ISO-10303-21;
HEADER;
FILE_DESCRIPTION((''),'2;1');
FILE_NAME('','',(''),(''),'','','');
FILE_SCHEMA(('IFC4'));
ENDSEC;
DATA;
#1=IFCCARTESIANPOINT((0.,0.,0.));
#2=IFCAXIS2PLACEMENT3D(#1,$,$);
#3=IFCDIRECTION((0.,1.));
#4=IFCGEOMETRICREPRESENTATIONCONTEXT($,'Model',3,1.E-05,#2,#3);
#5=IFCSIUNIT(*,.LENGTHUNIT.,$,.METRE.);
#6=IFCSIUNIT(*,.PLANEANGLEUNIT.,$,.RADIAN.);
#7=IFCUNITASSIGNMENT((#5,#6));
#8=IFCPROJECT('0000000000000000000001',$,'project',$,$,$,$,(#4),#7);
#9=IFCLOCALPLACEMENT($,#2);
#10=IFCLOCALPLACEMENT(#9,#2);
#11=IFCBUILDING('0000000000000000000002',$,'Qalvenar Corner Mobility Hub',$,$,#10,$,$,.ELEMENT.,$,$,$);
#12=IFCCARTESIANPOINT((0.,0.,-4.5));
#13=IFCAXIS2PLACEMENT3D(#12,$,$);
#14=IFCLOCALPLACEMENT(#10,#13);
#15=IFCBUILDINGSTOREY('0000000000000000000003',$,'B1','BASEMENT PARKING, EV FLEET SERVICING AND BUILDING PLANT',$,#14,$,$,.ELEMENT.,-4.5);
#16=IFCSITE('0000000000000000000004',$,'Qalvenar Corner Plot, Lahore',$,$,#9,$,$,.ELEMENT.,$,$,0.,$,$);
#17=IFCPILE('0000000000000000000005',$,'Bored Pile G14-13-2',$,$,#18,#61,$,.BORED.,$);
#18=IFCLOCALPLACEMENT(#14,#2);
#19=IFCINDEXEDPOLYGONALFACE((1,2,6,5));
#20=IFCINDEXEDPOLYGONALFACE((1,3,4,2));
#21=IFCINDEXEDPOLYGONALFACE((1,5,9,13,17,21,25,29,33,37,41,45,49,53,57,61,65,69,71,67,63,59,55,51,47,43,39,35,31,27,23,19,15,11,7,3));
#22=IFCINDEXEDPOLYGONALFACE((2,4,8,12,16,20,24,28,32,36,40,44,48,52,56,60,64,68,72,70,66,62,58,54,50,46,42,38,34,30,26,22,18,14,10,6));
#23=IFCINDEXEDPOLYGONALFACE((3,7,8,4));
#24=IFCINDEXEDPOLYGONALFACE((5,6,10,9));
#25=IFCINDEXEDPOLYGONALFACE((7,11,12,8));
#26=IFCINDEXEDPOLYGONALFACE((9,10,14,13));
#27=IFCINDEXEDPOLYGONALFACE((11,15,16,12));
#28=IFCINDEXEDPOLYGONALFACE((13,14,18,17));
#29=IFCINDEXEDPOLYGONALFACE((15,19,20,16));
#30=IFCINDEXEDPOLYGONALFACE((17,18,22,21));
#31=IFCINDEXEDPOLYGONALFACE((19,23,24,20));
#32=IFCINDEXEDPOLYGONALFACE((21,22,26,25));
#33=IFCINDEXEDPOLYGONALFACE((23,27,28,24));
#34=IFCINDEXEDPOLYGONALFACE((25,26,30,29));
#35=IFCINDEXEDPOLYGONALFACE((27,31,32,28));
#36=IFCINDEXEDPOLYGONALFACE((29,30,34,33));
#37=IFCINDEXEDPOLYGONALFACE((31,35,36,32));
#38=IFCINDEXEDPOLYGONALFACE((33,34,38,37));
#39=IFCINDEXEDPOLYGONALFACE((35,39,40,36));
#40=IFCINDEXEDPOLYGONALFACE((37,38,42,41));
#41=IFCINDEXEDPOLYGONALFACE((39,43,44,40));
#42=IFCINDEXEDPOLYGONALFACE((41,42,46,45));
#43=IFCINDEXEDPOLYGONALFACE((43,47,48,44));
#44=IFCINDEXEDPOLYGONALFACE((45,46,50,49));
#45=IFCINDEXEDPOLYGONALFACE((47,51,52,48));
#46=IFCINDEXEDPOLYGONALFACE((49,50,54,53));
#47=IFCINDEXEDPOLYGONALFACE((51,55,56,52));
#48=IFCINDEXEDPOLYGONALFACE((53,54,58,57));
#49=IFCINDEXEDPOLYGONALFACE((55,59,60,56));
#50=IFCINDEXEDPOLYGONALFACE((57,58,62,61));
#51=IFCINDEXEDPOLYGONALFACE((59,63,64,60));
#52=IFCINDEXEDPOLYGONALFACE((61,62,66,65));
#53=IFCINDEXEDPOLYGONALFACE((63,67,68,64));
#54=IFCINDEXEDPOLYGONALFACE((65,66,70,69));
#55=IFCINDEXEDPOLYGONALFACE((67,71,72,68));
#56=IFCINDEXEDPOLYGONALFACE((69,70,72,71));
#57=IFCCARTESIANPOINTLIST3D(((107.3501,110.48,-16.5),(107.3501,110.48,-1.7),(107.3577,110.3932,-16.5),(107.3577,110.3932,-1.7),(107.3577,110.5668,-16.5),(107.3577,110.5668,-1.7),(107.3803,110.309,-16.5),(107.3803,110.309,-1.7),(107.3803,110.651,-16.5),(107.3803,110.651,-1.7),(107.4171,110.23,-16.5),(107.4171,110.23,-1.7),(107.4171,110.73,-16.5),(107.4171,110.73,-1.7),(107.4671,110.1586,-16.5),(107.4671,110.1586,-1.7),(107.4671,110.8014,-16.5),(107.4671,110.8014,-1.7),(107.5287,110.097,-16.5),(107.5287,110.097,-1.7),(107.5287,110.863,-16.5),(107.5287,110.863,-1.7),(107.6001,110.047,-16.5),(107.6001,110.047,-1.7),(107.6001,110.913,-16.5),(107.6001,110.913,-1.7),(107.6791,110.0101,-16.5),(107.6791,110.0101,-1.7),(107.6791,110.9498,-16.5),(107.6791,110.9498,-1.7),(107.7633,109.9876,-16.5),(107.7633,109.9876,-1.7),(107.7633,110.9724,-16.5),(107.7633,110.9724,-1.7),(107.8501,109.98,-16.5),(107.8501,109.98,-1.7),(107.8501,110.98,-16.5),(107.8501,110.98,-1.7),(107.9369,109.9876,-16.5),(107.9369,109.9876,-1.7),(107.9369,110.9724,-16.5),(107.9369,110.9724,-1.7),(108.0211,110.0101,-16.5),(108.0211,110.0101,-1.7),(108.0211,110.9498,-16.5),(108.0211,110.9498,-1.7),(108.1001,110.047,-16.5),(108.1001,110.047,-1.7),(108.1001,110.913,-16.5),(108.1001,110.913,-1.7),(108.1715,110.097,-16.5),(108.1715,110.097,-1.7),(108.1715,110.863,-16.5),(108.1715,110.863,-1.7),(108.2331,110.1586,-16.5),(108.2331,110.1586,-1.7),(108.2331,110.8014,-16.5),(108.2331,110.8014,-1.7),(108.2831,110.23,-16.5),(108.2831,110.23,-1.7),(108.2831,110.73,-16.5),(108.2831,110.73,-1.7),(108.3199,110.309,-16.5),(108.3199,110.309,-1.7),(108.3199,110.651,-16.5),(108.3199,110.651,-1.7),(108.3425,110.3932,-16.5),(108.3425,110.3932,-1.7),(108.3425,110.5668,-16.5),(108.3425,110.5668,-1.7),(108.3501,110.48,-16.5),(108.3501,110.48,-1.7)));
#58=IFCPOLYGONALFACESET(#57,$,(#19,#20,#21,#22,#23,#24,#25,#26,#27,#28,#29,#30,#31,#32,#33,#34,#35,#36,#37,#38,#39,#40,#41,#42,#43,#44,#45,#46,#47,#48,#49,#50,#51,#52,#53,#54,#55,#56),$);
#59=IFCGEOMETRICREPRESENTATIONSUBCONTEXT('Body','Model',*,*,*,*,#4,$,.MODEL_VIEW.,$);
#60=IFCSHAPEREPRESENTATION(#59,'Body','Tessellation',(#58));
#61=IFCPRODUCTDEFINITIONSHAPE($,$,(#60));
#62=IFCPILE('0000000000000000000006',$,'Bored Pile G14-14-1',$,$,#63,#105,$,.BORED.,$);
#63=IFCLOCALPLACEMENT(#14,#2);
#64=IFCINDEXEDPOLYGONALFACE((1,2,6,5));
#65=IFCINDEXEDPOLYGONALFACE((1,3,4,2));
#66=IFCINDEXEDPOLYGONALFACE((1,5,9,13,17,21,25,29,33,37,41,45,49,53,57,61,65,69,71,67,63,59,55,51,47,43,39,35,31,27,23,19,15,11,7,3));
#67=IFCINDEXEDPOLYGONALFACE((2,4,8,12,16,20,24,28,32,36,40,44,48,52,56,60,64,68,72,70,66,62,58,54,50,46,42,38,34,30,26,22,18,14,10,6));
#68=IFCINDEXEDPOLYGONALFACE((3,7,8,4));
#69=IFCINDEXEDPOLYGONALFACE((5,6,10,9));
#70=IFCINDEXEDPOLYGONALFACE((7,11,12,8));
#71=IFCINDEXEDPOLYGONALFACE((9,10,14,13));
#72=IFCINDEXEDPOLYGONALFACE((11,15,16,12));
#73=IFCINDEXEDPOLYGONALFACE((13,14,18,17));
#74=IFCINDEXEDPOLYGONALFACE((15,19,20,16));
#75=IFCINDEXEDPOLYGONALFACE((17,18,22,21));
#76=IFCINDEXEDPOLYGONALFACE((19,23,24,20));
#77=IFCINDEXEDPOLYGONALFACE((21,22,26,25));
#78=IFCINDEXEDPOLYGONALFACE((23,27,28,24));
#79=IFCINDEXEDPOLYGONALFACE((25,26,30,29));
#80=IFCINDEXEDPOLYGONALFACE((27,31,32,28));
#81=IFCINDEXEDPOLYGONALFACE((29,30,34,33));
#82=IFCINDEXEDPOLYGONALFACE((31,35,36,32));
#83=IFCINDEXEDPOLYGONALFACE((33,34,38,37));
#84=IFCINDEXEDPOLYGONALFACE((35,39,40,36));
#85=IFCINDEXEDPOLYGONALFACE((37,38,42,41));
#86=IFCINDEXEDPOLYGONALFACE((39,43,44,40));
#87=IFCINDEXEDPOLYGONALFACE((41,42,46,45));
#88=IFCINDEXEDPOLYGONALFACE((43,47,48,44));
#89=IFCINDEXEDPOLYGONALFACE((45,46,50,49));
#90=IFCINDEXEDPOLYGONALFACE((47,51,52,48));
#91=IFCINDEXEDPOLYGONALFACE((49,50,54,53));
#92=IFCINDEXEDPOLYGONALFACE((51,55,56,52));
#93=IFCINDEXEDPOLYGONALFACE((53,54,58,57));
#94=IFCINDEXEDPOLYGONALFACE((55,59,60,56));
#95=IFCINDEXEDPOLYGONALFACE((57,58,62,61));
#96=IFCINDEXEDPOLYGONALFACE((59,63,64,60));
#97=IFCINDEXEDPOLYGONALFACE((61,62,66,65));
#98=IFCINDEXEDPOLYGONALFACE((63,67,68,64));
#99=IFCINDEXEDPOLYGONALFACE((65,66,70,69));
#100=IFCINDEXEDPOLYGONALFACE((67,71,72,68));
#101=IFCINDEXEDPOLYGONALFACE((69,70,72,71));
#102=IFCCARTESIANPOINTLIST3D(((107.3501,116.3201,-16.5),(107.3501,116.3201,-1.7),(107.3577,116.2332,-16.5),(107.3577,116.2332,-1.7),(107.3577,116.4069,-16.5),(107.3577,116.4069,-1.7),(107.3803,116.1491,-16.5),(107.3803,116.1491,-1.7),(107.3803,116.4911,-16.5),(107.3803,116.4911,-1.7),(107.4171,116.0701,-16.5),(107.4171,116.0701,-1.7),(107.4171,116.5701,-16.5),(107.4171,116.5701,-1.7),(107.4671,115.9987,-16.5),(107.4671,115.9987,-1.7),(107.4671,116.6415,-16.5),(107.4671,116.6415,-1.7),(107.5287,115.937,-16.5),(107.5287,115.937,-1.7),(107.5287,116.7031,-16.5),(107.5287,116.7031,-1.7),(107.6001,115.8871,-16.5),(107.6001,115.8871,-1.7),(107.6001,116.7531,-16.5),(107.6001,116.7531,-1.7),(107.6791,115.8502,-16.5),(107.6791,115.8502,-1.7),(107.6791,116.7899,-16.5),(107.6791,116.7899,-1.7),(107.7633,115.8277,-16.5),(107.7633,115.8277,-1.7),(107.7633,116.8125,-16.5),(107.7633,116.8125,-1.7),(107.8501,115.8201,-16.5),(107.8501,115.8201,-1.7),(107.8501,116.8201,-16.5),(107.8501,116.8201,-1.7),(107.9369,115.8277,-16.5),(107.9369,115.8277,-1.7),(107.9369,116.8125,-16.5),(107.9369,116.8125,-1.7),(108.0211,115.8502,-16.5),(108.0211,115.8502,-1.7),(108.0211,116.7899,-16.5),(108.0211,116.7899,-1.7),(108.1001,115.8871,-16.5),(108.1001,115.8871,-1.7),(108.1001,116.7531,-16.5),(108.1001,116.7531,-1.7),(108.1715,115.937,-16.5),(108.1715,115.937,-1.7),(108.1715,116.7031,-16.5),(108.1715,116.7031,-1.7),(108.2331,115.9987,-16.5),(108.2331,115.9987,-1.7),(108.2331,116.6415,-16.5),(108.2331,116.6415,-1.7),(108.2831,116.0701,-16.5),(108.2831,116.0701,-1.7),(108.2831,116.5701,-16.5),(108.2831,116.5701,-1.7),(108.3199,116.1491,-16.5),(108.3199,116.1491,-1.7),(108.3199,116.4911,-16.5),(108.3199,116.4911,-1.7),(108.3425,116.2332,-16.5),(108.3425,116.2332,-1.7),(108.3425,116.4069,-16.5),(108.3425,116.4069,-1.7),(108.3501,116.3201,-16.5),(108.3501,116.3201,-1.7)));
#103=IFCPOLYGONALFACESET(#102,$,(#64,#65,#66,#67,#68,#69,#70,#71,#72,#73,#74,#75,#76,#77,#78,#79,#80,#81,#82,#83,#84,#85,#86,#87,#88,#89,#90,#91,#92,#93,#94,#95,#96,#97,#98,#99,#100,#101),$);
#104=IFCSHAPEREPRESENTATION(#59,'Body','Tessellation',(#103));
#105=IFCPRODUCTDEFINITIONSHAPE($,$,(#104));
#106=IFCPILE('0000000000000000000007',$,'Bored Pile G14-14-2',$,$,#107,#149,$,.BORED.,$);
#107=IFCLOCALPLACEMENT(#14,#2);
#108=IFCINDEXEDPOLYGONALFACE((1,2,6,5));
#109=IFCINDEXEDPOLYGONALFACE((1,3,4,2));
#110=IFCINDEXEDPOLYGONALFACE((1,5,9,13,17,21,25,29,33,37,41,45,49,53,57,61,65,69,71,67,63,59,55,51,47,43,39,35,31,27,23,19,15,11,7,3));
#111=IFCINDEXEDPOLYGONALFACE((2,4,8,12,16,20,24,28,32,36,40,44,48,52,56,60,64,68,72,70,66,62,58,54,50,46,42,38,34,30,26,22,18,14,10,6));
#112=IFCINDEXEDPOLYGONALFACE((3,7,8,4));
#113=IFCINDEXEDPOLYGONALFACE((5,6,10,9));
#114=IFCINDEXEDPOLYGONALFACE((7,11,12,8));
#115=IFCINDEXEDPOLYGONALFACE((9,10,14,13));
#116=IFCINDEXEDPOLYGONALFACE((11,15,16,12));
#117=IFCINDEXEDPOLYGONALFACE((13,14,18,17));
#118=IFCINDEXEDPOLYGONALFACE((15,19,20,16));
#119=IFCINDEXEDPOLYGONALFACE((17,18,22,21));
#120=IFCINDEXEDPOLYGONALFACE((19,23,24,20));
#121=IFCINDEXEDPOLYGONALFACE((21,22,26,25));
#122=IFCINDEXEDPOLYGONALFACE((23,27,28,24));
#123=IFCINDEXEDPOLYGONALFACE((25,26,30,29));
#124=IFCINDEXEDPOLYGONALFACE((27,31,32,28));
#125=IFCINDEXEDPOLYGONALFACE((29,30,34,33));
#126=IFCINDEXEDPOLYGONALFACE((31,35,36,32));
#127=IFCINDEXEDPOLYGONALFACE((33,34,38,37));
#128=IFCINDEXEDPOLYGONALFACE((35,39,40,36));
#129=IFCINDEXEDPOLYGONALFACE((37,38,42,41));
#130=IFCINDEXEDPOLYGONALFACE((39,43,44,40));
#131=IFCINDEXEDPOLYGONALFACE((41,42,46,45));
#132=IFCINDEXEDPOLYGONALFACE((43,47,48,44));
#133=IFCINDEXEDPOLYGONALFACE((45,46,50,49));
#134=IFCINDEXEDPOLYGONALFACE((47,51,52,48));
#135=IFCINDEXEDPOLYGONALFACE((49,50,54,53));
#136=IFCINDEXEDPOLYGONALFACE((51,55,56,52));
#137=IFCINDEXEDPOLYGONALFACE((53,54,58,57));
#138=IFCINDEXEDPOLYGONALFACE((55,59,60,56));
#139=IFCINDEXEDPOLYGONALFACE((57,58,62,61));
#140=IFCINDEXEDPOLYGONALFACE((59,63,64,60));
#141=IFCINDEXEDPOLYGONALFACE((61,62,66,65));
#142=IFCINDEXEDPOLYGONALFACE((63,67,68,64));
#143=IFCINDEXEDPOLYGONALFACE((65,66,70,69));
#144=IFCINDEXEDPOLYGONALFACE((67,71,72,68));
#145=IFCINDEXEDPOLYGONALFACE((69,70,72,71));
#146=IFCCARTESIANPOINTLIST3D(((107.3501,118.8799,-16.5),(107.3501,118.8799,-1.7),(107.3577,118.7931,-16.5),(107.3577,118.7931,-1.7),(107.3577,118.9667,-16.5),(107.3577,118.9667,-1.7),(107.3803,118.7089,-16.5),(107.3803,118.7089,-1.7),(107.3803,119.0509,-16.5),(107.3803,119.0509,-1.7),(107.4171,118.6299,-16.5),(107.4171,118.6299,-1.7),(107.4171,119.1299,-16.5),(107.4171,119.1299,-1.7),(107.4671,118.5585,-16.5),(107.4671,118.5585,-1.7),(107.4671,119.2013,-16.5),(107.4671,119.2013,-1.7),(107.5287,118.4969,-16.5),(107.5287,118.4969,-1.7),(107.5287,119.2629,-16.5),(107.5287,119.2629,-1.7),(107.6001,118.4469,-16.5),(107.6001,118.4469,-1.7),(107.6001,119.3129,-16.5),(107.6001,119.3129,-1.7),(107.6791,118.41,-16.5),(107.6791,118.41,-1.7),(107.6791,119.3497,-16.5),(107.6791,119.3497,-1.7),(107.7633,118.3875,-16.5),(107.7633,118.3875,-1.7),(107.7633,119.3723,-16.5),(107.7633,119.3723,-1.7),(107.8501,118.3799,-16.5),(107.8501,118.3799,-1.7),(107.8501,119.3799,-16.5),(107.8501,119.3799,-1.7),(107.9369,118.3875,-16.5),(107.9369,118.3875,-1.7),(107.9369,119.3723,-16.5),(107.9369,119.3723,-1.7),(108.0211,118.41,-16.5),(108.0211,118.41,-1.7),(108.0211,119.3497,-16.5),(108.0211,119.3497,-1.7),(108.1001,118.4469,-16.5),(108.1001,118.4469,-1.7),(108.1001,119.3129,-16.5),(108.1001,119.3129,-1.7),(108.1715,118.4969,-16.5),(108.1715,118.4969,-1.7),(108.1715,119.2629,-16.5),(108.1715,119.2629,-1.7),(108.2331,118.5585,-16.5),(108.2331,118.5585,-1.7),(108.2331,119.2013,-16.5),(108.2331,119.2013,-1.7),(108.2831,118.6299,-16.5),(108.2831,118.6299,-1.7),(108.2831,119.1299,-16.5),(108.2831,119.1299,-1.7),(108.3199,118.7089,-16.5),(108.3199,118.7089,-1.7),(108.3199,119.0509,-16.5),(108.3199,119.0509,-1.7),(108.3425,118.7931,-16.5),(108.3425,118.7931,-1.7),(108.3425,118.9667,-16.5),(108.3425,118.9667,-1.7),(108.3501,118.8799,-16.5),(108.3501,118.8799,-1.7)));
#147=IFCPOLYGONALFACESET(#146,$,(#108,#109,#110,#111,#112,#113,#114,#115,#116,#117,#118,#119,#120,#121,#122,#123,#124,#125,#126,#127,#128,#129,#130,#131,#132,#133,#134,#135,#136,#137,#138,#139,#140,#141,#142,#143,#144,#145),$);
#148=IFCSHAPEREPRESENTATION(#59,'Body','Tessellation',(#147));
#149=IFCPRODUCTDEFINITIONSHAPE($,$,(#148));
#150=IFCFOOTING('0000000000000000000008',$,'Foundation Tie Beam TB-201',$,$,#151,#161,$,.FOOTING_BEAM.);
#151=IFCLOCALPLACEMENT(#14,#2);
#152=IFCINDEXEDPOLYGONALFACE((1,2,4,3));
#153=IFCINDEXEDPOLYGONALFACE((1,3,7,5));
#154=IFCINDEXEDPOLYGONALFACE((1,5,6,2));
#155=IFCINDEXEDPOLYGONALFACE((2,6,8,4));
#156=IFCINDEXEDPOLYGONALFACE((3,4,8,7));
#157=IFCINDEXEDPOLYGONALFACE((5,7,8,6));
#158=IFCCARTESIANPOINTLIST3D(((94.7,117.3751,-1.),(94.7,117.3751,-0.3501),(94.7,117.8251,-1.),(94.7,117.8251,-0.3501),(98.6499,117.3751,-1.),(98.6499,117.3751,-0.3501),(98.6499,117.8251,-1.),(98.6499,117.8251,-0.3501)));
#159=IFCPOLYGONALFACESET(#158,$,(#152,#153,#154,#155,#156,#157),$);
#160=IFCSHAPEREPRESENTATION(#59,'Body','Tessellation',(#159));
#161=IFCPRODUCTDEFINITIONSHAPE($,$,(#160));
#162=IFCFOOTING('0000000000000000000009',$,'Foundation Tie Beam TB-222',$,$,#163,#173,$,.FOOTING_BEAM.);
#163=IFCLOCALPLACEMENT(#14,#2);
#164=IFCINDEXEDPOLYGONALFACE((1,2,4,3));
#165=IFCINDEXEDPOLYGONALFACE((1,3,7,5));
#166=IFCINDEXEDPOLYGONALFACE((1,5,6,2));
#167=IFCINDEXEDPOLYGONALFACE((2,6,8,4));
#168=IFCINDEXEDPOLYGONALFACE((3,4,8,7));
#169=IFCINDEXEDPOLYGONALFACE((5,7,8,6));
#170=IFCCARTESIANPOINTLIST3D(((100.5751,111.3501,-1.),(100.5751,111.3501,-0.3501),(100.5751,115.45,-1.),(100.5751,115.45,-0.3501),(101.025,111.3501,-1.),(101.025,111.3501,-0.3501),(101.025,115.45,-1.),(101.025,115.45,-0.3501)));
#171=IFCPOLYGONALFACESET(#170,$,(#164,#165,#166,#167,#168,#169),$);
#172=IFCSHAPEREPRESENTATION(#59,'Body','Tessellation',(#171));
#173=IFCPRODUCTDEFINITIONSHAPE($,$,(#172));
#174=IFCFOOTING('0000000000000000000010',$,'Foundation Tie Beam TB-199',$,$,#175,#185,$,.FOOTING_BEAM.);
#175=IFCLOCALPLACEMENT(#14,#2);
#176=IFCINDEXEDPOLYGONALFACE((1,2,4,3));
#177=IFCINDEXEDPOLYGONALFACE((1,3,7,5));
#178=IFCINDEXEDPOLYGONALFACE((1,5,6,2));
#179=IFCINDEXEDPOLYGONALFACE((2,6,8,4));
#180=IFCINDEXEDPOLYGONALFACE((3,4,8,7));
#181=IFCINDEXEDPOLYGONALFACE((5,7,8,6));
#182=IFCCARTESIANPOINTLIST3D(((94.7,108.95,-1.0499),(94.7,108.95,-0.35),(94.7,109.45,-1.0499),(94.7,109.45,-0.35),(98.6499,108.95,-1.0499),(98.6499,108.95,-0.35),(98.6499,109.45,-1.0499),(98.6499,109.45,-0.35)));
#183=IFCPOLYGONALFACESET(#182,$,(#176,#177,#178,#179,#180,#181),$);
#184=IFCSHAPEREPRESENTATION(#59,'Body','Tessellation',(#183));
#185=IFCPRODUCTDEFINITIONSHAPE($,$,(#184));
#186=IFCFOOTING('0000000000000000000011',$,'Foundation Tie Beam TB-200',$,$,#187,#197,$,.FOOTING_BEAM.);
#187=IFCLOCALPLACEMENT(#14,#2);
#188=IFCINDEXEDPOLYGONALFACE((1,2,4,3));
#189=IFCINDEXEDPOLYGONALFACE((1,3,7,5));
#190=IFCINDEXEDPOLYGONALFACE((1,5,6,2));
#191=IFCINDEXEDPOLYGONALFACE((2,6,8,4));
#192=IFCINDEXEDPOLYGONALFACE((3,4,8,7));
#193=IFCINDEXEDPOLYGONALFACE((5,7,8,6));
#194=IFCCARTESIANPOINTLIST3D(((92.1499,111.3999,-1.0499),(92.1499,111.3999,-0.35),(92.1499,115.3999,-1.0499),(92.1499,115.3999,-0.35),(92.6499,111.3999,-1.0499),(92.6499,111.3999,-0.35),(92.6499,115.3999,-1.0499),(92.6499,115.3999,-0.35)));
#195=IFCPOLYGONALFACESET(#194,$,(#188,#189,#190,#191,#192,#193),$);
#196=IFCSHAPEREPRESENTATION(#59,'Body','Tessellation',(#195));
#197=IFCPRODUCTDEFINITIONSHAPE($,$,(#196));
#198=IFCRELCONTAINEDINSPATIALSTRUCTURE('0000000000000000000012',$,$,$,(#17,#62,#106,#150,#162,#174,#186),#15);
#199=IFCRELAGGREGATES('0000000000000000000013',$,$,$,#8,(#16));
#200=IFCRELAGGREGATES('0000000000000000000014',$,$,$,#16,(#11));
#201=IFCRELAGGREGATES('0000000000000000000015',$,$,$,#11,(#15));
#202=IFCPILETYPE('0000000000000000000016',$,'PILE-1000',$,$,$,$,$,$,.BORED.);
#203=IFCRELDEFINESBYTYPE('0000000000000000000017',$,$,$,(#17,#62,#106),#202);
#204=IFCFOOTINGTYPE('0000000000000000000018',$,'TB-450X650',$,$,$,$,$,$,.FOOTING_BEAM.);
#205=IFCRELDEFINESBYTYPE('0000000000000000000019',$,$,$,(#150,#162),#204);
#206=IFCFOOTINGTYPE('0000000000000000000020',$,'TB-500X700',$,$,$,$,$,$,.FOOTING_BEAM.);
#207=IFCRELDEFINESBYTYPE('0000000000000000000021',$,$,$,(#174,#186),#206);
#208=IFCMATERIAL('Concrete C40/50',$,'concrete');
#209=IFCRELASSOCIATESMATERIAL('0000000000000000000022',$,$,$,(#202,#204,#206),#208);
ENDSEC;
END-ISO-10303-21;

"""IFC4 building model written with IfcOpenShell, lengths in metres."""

from ifc_helpers import new_model, si_unit, direction, frame, origin, origin_2d, place, context, subcontext, project, spatial, rectangle, circle, extrude, material, material_profile, profile_set, type_object, element, save


model = new_model("IFC4")

# Units and contexts
model_context = context("Model", 3, precision=1e-05, world=origin(), true_north=direction((0.0, 1.0)))
body_context = subcontext(model_context, "Body", "Model", "MODEL_VIEW")
ifc_project = project(units=[si_unit("LENGTHUNIT", "METRE"), si_unit("PLANEANGLEUNIT", "RADIAN")], contexts=[model_context])

# Site, building, storey
site_placement = place(None, origin())
site = spatial("IfcSite", under=ifc_project, at=site_placement, Name="Qalvenar Corner Plot, Lahore", CompositionType="ELEMENT", RefElevation=0.0)
building_placement = place(site_placement, origin())
building = spatial("IfcBuilding", under=site, at=building_placement, Name="Qalvenar Corner Mobility Hub", CompositionType="ELEMENT")
storey_placement = place(building_placement, frame((0.0, 0.0, -4.5)))
storey = spatial("IfcBuildingStorey", under=building, at=storey_placement, Name="B1", Description="BASEMENT PARKING, EV FLEET SERVICING AND BUILDING PLANT", CompositionType="ELEMENT", Elevation=-4.5)

# Shared definitions
ifc_material_1 = material(Name="Concrete C40/50", Category="concrete")

# Piles
ifc_material_profile_1 = material_profile(ifc_material_1, circle(Radius=0.5, at=origin_2d()), Name="DIA1000")
ifc_profile_set_1 = profile_set([ifc_material_profile_1], Name="Concrete C40/50")
pile_type = type_object("IfcPileType", Name="PILE-1000", PredefinedType="BORED", material=ifc_profile_set_1)
for number, where, z_axis, x_axis, name in (
    (1, (107.8501, 110.48, -1.7), (0.0, 0.0, -1.0), (1.0, 0.0, 0.0), "Bored Pile G14-13-2"),
    (2, (107.8501, 116.3201, -1.7), (0.0, 0.0, -1.0), (1.0, 0.0, 0.0), "Bored Pile G14-14-1"),
    (3, (107.8501, 118.8799, -1.7), (0.0, 0.0, -1.0), (1.0, 0.0, 0.0), "Bored Pile G14-14-2"),
):
    element("IfcPile", number, at=place(storey_placement, frame(where, z_axis=z_axis, x_axis=x_axis)), inside=storey, type_object=pile_type, Name=name, PredefinedType="BORED", context=body_context, shape_type="SweptSolid", body=[
        extrude(circle(Radius=0.5, at=origin_2d()), origin(), (0.0, 0.0, 1.0), 14.8),
    ])

# Footings
ifc_material_profile_2 = material_profile(ifc_material_1, rectangle(XDim=0.45, YDim=0.6499, at=origin_2d()), Name="RC450x650")
ifc_profile_set_2 = profile_set([ifc_material_profile_2], Name="Concrete C40/50")
footing_type_1 = type_object("IfcFootingType", Name="TB-450X650", PredefinedType="FOOTING_BEAM", material=ifc_profile_set_2)
footing_1_placement = place(storey_placement, frame((94.7, 117.6001, -0.675), z_axis=(1.0, 0.0, 0.0), x_axis=(0.0, 1.0, 0.0)))
element("IfcFooting", 4, at=footing_1_placement, inside=storey, type_object=footing_type_1, Name="Foundation Tie Beam TB-201", PredefinedType="FOOTING_BEAM", context=body_context, shape_type="SweptSolid", body=[
    extrude(rectangle(XDim=0.45, YDim=0.6499, at=origin_2d()), origin(), (0.0, 0.0, 1.0), 3.95),
])
footing_2_placement = place(storey_placement, frame((100.8, 111.3501, -0.675), z_axis=(0.0, 1.0, 0.0), x_axis=(-1.0, 0.0, 0.0)))
element("IfcFooting", 5, at=footing_2_placement, inside=storey, type_object=footing_type_1, Name="Foundation Tie Beam TB-222", PredefinedType="FOOTING_BEAM", context=body_context, shape_type="SweptSolid", body=[
    extrude(rectangle(XDim=0.45, YDim=0.6499, at=origin_2d()), origin(), (0.0, 0.0, 1.0), 4.0999),
])
ifc_material_profile_3 = material_profile(ifc_material_1, rectangle(XDim=0.5, YDim=0.7, at=origin_2d()), Name="RC500x700")
ifc_profile_set_3 = profile_set([ifc_material_profile_3], Name="Concrete C40/50")
footing_type_2 = type_object("IfcFootingType", Name="TB-500X700", PredefinedType="FOOTING_BEAM", material=ifc_profile_set_3)
footing_3_placement = place(storey_placement, frame((94.7, 109.2, -0.7), z_axis=(1.0, 0.0, 0.0), x_axis=(0.0, 1.0, 0.0)))
element("IfcFooting", 6, at=footing_3_placement, inside=storey, type_object=footing_type_2, Name="Foundation Tie Beam TB-199", PredefinedType="FOOTING_BEAM", context=body_context, shape_type="SweptSolid", body=[
    extrude(rectangle(XDim=0.5, YDim=0.7, at=origin_2d()), origin(), (0.0, 0.0, 1.0), 3.95),
])
footing_4_placement = place(storey_placement, frame((92.3999, 111.3999, -0.7), z_axis=(0.0, 1.0, 0.0), x_axis=(-1.0, 0.0, 0.0)))
element("IfcFooting", 7, at=footing_4_placement, inside=storey, type_object=footing_type_2, Name="Foundation Tie Beam TB-200", PredefinedType="FOOTING_BEAM", context=body_context, shape_type="SweptSolid", body=[
    extrude(rectangle(XDim=0.5, YDim=0.7, at=origin_2d()), origin(), (0.0, 0.0, 1.0), 4.0),
])

save(model, "model.ifc")
